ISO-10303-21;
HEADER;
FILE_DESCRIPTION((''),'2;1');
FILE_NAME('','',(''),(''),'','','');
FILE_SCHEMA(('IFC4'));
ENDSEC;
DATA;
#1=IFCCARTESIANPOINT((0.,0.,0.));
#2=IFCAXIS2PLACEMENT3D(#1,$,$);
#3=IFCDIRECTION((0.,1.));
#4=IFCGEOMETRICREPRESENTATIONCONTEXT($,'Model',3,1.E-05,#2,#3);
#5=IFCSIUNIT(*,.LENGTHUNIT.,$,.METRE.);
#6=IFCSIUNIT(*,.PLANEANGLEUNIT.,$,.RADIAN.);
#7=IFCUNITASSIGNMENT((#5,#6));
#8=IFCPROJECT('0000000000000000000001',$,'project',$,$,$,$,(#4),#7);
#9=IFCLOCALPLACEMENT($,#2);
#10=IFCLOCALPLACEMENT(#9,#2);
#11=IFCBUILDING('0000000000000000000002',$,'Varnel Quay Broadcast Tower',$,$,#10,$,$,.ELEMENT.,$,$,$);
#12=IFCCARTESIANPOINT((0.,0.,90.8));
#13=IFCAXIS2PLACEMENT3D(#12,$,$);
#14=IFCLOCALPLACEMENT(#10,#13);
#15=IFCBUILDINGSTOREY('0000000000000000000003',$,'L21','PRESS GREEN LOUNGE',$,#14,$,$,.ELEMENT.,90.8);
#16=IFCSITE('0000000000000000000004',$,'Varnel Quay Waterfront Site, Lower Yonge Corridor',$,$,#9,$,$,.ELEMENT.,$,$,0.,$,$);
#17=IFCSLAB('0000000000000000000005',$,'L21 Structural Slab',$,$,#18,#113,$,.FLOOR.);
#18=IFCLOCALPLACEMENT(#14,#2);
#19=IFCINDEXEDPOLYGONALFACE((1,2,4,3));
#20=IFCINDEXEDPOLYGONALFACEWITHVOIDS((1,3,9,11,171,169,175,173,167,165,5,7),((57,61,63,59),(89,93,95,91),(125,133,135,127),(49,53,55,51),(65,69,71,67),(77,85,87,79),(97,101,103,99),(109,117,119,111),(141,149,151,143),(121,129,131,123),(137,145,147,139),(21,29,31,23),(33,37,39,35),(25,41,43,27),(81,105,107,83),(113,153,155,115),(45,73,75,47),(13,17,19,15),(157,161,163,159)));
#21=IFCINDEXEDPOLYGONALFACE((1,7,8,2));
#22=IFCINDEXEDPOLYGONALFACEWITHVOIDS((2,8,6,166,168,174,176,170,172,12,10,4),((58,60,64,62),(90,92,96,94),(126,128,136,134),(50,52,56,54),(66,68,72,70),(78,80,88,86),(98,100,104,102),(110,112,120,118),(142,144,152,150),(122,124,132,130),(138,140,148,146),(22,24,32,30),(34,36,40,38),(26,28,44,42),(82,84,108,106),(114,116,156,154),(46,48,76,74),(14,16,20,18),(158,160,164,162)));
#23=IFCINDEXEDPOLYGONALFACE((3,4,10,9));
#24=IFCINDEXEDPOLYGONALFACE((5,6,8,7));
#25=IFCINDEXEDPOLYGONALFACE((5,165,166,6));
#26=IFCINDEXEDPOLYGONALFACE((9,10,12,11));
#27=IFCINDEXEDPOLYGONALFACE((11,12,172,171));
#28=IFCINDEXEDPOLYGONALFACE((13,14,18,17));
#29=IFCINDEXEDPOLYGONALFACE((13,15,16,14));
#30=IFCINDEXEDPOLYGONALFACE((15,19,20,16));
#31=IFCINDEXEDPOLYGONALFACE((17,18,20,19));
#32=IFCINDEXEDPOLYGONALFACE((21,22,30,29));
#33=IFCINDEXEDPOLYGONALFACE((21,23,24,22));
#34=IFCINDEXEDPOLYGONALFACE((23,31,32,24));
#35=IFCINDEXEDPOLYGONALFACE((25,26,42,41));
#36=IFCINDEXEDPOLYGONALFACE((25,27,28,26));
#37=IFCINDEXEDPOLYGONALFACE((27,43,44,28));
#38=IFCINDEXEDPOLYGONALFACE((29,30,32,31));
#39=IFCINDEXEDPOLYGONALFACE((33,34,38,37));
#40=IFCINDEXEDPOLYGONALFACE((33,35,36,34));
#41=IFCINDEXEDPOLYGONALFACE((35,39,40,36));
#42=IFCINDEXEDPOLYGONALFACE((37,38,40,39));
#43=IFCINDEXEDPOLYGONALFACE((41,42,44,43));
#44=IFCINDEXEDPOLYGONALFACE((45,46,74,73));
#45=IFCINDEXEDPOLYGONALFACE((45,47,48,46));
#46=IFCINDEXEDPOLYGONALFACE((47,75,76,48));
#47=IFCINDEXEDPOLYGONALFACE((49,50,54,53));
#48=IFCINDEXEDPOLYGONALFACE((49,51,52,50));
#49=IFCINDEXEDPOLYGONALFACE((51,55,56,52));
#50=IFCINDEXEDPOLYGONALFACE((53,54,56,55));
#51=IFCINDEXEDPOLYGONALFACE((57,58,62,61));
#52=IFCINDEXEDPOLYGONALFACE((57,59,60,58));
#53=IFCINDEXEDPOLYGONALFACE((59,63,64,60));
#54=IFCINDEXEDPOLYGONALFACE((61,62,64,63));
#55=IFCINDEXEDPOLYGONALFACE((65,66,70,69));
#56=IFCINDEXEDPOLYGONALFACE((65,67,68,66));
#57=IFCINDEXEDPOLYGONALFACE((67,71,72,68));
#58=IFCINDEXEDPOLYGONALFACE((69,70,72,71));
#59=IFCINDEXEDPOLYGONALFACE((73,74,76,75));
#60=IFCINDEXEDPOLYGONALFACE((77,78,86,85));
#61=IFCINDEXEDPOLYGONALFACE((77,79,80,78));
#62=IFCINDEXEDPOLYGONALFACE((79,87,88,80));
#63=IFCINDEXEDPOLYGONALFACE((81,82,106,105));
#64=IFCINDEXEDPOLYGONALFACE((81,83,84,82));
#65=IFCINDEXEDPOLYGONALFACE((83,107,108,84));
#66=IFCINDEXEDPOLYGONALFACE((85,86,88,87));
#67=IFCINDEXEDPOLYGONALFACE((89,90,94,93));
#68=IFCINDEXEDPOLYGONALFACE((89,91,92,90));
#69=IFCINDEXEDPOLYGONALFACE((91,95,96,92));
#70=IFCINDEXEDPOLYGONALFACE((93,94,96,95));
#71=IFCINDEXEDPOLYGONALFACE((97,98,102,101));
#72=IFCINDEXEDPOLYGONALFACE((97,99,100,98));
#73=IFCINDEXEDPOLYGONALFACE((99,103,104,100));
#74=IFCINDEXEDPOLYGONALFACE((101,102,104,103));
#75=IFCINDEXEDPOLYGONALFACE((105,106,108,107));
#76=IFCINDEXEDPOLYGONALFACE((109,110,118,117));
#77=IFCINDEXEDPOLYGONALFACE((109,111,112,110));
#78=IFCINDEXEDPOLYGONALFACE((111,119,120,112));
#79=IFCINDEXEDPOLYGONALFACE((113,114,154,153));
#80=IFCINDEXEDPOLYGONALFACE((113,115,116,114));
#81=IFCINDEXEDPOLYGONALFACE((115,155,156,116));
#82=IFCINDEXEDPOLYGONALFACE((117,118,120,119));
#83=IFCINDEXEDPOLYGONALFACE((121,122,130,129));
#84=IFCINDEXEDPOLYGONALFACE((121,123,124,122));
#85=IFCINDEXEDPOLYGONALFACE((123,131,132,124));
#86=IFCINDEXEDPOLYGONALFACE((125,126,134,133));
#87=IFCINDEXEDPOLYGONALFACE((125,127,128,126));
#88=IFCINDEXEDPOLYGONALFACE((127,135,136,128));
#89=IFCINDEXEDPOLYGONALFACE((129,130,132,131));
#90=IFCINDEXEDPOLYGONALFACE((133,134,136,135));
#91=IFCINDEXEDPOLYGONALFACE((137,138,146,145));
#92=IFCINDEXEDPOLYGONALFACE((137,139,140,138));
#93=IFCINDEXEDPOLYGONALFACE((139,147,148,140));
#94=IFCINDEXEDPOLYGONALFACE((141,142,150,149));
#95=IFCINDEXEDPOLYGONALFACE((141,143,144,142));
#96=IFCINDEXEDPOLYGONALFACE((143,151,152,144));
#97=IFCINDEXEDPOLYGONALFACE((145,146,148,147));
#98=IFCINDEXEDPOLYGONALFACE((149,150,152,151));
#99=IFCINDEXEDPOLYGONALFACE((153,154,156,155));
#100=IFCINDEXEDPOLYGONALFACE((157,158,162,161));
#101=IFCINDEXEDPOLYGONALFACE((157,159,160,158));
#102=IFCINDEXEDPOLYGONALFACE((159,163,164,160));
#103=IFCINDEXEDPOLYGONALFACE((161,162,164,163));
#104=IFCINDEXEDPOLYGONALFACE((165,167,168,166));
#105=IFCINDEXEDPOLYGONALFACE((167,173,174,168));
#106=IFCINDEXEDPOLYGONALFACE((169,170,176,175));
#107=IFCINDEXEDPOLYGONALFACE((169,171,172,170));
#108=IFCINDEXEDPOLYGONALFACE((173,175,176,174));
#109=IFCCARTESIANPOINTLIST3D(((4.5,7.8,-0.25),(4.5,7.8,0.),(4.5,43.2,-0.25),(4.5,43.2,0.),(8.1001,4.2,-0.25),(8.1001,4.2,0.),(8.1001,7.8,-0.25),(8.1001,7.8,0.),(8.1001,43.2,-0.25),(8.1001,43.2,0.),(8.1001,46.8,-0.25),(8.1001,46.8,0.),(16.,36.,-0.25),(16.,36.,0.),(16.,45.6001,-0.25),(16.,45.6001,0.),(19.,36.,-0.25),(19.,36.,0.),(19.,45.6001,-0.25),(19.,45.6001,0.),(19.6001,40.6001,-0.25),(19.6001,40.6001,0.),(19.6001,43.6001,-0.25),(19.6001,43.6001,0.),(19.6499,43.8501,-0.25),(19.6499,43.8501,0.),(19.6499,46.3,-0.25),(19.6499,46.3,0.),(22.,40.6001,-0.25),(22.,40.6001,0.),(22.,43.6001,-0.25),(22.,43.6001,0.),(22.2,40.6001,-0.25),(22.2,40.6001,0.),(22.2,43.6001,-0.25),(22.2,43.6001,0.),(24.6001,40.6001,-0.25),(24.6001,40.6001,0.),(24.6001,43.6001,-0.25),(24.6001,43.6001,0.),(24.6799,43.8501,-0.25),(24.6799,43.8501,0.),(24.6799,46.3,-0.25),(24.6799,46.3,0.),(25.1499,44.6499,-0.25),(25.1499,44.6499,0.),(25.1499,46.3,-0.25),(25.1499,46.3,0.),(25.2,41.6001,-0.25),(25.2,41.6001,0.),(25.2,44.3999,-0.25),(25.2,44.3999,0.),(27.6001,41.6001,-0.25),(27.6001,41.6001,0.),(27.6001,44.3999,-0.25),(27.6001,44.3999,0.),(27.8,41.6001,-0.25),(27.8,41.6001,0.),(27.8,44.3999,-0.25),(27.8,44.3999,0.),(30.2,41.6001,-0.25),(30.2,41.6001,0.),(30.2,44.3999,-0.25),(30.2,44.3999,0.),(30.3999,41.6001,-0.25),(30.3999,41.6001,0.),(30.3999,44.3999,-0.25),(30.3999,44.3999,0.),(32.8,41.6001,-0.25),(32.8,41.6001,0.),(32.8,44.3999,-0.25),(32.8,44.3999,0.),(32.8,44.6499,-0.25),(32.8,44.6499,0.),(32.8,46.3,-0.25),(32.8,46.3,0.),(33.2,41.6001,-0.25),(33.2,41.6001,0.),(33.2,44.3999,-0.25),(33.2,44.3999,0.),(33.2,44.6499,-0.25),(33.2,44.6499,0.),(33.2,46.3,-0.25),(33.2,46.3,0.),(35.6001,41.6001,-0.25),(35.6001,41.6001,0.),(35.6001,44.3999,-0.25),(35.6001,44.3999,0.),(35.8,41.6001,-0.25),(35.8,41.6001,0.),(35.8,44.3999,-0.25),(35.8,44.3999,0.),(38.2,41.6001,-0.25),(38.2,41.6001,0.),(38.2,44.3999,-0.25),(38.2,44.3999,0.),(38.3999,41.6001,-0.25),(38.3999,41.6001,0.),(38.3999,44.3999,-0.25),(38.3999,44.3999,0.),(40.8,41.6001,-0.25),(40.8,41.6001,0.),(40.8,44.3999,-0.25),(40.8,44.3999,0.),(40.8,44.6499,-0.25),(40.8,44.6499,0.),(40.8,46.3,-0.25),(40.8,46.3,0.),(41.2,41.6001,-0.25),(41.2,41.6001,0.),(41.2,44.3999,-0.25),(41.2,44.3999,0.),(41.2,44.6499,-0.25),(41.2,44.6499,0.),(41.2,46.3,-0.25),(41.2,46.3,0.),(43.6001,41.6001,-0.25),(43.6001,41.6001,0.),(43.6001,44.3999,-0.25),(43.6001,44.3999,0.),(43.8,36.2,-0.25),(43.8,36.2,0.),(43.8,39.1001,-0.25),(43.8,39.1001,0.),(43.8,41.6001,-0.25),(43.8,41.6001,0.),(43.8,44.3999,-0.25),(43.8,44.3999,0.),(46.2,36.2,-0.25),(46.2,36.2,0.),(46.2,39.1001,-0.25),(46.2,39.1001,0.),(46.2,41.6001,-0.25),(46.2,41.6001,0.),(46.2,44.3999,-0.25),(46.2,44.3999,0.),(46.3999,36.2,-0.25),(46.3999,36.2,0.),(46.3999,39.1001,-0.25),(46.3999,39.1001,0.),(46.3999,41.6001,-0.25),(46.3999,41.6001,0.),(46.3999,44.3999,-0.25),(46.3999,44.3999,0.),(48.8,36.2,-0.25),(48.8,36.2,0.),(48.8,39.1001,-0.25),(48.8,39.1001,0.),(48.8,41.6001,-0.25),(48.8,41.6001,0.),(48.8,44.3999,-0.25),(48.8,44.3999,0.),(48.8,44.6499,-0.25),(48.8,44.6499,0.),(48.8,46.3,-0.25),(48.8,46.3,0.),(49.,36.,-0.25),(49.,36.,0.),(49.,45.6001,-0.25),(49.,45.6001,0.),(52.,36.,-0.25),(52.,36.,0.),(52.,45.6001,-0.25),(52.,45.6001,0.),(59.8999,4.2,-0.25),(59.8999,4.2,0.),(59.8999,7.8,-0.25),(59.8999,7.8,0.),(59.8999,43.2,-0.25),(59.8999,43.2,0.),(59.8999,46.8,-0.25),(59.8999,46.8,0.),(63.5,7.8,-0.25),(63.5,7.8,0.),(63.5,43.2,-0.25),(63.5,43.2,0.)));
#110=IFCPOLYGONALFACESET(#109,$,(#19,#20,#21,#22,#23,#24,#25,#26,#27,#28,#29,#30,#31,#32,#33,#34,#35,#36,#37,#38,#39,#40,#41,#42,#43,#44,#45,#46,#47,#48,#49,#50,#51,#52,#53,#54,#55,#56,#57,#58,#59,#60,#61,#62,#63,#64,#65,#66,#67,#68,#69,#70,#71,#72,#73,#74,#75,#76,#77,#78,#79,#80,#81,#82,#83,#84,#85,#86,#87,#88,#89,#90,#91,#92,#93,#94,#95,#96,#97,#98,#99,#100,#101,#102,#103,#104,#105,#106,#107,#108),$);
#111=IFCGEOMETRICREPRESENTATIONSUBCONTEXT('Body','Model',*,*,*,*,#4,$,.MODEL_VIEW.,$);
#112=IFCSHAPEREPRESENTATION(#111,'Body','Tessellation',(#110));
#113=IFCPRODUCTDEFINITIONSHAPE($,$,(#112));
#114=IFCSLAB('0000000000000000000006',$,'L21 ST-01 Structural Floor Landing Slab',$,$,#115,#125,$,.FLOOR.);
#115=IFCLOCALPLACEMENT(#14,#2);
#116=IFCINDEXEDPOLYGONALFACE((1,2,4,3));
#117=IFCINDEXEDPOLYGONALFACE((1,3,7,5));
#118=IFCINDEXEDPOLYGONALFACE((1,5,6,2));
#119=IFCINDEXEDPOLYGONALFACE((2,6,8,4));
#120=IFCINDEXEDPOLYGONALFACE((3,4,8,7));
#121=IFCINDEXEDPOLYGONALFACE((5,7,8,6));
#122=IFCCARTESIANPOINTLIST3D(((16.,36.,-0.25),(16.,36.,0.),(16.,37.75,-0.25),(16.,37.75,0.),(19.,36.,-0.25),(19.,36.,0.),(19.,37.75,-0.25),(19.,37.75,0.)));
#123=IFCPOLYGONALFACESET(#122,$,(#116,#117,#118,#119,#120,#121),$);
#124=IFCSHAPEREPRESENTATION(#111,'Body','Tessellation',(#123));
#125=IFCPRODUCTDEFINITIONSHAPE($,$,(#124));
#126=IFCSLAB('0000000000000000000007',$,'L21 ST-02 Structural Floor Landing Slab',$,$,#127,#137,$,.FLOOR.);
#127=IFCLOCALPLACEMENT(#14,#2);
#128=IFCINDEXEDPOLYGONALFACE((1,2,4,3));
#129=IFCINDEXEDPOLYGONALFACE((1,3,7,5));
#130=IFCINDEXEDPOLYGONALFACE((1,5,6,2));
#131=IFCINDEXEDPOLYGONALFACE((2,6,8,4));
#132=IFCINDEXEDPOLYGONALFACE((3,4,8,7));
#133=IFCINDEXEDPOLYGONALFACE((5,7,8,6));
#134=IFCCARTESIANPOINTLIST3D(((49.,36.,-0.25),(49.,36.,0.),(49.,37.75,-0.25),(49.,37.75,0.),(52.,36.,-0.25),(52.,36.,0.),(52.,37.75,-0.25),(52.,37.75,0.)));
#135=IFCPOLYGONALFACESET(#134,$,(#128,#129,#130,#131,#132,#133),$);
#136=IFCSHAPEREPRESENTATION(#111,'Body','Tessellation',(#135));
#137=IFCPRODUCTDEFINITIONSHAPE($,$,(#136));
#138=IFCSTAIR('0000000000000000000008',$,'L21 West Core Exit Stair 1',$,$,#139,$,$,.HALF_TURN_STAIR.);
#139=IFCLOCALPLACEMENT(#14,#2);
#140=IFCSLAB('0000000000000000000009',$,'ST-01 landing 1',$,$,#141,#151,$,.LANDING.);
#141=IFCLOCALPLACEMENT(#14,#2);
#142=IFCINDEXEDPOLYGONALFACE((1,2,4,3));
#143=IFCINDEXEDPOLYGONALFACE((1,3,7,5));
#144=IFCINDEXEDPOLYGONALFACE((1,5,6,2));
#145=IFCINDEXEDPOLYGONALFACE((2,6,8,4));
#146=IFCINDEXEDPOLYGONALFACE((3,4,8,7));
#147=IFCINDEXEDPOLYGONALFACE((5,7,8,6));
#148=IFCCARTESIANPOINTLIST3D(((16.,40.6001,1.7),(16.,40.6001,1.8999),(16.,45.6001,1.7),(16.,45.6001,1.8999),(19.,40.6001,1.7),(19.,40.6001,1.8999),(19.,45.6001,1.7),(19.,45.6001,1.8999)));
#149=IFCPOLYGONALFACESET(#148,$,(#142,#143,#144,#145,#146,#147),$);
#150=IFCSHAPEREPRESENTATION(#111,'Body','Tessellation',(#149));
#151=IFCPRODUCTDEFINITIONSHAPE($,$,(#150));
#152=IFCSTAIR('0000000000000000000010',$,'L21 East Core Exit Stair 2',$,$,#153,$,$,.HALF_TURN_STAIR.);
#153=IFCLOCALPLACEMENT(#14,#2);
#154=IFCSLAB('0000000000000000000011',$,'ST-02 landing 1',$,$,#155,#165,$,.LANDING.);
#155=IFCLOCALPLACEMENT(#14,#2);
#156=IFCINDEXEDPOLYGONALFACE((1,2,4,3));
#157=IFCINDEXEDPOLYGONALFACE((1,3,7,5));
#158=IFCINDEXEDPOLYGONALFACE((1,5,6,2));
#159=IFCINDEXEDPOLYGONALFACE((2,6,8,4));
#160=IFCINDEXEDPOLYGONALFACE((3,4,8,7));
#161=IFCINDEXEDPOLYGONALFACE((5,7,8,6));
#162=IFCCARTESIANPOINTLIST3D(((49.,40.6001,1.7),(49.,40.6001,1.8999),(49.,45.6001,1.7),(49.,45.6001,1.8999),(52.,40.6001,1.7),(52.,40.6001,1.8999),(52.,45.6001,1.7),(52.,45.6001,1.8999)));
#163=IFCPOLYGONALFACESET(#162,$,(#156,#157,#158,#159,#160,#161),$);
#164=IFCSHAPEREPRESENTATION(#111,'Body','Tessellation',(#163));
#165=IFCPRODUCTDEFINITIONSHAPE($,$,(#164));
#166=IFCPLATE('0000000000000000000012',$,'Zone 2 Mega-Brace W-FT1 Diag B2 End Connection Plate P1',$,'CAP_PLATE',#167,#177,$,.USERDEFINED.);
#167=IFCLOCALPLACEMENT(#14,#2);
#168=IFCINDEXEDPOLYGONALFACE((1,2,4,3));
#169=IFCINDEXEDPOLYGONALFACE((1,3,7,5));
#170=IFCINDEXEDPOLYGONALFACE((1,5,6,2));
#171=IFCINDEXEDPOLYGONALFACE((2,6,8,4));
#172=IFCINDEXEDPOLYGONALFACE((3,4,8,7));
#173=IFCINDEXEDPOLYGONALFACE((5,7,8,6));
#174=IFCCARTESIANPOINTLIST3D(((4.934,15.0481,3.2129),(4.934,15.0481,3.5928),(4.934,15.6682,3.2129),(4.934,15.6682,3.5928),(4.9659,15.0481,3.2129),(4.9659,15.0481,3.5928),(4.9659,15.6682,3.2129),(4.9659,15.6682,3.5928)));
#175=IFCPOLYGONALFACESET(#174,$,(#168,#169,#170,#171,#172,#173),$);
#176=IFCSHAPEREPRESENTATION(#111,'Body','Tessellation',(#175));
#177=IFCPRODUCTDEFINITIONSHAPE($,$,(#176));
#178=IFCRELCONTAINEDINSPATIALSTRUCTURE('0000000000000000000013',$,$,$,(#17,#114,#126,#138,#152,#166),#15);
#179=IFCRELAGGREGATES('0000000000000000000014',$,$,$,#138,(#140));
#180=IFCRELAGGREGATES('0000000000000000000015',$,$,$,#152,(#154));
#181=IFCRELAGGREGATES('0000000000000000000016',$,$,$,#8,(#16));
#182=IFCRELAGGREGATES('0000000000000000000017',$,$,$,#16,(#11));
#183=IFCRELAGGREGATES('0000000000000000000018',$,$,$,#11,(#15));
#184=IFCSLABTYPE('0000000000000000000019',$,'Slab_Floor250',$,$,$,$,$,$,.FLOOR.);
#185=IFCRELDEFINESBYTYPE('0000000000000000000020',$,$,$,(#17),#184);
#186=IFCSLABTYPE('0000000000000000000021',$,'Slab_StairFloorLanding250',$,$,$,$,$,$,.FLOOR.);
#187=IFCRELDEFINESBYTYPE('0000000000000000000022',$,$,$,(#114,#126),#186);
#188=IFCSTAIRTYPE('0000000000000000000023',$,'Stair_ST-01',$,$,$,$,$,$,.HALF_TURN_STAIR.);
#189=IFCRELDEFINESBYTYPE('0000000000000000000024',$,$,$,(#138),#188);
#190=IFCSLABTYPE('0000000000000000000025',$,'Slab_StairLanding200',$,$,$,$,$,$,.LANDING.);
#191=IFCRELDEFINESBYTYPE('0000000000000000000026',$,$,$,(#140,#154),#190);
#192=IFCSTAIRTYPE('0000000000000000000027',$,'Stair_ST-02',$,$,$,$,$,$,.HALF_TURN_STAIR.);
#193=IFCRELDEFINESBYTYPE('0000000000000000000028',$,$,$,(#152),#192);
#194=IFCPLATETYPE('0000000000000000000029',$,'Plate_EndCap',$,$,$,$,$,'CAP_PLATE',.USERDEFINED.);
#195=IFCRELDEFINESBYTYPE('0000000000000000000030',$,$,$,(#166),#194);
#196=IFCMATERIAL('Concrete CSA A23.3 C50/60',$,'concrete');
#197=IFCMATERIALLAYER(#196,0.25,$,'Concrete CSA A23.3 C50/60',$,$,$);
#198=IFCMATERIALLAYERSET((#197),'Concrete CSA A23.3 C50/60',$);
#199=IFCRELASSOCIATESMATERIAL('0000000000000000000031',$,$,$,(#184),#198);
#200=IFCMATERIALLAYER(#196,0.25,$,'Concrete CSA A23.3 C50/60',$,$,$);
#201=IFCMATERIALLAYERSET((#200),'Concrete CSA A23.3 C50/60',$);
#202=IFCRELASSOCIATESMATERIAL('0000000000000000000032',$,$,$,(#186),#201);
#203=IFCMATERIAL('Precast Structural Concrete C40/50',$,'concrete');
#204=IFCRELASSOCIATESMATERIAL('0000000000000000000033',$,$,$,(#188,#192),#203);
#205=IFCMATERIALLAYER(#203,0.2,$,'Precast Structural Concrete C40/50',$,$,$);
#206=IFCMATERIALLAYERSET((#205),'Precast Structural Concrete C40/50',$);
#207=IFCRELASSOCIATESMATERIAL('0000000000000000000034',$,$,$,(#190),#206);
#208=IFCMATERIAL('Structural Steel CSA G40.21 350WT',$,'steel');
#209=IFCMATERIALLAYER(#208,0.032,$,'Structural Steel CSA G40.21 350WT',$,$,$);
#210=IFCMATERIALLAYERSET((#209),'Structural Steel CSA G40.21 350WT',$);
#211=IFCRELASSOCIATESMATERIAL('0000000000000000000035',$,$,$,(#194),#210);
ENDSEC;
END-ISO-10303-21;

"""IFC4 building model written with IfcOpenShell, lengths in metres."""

from ifc_helpers import new_model, si_unit, direction, frame, origin, origin_2d, place, context, subcontext, project, spatial, polyline, rectangle, outline, extrude, source, transform, mapped, material, layer, layer_set, type_object, type_shapes, element, aggregate, save


model = new_model("IFC4")

# Units and contexts
model_context = context("Model", 3, precision=1e-05, world=origin(), true_north=direction((0.0, 1.0)))
body_context = subcontext(model_context, "Body", "Model", "MODEL_VIEW")
ifc_project = project(units=[si_unit("LENGTHUNIT", "METRE"), si_unit("PLANEANGLEUNIT", "RADIAN")], contexts=[model_context])

# Site, building, storey
site_placement = place(None, origin())
site = spatial("IfcSite", under=ifc_project, at=site_placement, Name="Varnel Quay Waterfront Site, Lower Yonge Corridor", CompositionType="ELEMENT", RefElevation=0.0)
building_placement = place(site_placement, origin())
building = spatial("IfcBuilding", under=site, at=building_placement, Name="Varnel Quay Broadcast Tower", CompositionType="ELEMENT")
storey_placement = place(building_placement, frame((0.0, 0.0, 90.8)))
storey = spatial("IfcBuildingStorey", under=building, at=storey_placement, Name="L21", Description="PRESS GREEN LOUNGE", CompositionType="ELEMENT", Elevation=90.8)

# Slabs
ifc_material_1 = material(Name="Concrete CSA A23.3 C50/60", Category="concrete")
ifc_layer_1 = layer(ifc_material_1, 0.25, Name="Concrete CSA A23.3 C50/60")
ifc_layer_set_1 = layer_set([ifc_layer_1], Name="Concrete CSA A23.3 C50/60")
slab_type_1 = type_object("IfcSlabType", Name="Slab_Floor250", PredefinedType="FLOOR", material=ifc_layer_set_1)
slab_1_placement = place(storey_placement, frame((0.0, 0.0, -0.25)))
element("IfcSlab", 1, at=slab_1_placement, inside=storey, type_object=slab_type_1, Name="L21 Structural Slab", PredefinedType="FLOOR", context=body_context, shape_type="SweptSolid", body=[
    extrude(outline(polyline([(8.1001, 4.2), (59.8999, 4.2), (59.8999, 7.8), (63.5, 7.8), (63.5, 43.2), (59.8999, 43.2), (59.8999, 46.8), (8.1001, 46.8), (8.1001, 43.2), (4.5, 43.2), (4.5, 7.8), (8.1001, 7.8), (8.1001, 4.2)]), holes=[polyline([(16.0, 36.0), (16.0, 45.6001), (19.0, 45.6001), (19.0, 36.0), (16.0, 36.0)]), polyline([(19.6001, 43.6001), (22.0, 43.6001), (22.0, 40.6001), (19.6001, 40.6001), (19.6001, 43.6001)]), polyline([(22.2, 43.6001), (24.6001, 43.6001), (24.6001, 40.6001), (22.2, 40.6001), (22.2, 43.6001)]), polyline([(25.2, 44.3999), (27.6001, 44.3999), (27.6001, 41.6001), (25.2, 41.6001), (25.2, 44.3999)]), polyline([(27.8, 44.3999), (30.2, 44.3999), (30.2, 41.6001), (27.8, 41.6001), (27.8, 44.3999)]), polyline([(30.3999, 44.3999), (32.8, 44.3999), (32.8, 41.6001), (30.3999, 41.6001), (30.3999, 44.3999)]), polyline([(33.2, 44.3999), (35.6001, 44.3999), (35.6001, 41.6001), (33.2, 41.6001), (33.2, 44.3999)]), polyline([(38.2, 44.3999), (38.2, 41.6001), (35.8, 41.6001), (35.8, 44.3999), (38.2, 44.3999)]), polyline([(24.6799, 46.3), (24.6799, 43.8501), (19.6499, 43.8501), (19.6499, 46.3), (24.6799, 46.3)]), polyline([(25.1499, 46.3), (32.8, 46.3), (32.8, 44.6499), (25.1499, 44.6499), (25.1499, 46.3)]), polyline([(43.8, 39.1001), (46.2, 39.1001), (46.2, 36.2), (43.8, 36.2), (43.8, 39.1001)]), polyline([(46.3999, 39.1001), (48.8, 39.1001), (48.8, 36.2), (46.3999, 36.2), (46.3999, 39.1001)]), polyline([(49.0, 45.6001), (52.0, 45.6001), (52.0, 36.0), (49.0, 36.0), (49.0, 45.6001)]), polyline([(40.8, 44.3999), (40.8, 41.6001), (38.3999, 41.6001), (38.3999, 44.3999), (40.8, 44.3999)]), polyline([(41.2, 44.3999), (43.6001, 44.3999), (43.6001, 41.6001), (41.2, 41.6001), (41.2, 44.3999)]), polyline([(43.8, 44.3999), (46.2, 44.3999), (46.2, 41.6001), (43.8, 41.6001), (43.8, 44.3999)]), polyline([(46.3999, 44.3999), (48.8, 44.3999), (48.8, 41.6001), (46.3999, 41.6001), (46.3999, 44.3999)]), polyline([(40.8, 46.3), (40.8, 44.6499), (33.2, 44.6499), (33.2, 46.3), (40.8, 46.3)]), polyline([(48.8, 46.3), (48.8, 44.6499), (41.2, 44.6499), (41.2, 46.3), (48.8, 46.3)])]), origin(), (0.0, 0.0, 1.0), 0.25),
])
ifc_layer_2 = layer(ifc_material_1, 0.25, Name="Concrete CSA A23.3 C50/60")
ifc_layer_set_2 = layer_set([ifc_layer_2], Name="Concrete CSA A23.3 C50/60")
slab_type_2 = type_object("IfcSlabType", Name="Slab_StairFloorLanding250", PredefinedType="FLOOR", material=ifc_layer_set_2)
slab_2_placement = place(storey_placement, frame((0.0, 0.0, -0.25)))
element("IfcSlab", 2, at=slab_2_placement, inside=storey, type_object=slab_type_2, Name="L21 ST-01 Structural Floor Landing Slab", PredefinedType="FLOOR", context=body_context, shape_type="SweptSolid", body=[
    extrude(outline(polyline([(19.0, 36.0), (19.0, 37.75), (16.0, 37.75), (16.0, 36.0), (19.0, 36.0)])), origin(), (0.0, 0.0, 1.0), 0.25),
])
slab_3_placement = place(storey_placement, frame((0.0, 0.0, -0.25)))
element("IfcSlab", 3, at=slab_3_placement, inside=storey, type_object=slab_type_2, Name="L21 ST-02 Structural Floor Landing Slab", PredefinedType="FLOOR", context=body_context, shape_type="SweptSolid", body=[
    extrude(outline(polyline([(52.0, 36.0), (52.0, 37.75), (49.0, 37.75), (49.0, 36.0), (52.0, 36.0)])), origin(), (0.0, 0.0, 1.0), 0.25),
])

# Stairs, slabs
ifc_material_2 = material(Name="Precast Structural Concrete C40/50", Category="concrete")
stair_type_1 = type_object("IfcStairType", Name="Stair_ST-01", PredefinedType="HALF_TURN_STAIR", material=ifc_material_2)
stair_1_placement = place(storey_placement, origin())
stair_1 = element("IfcStair", 4, at=stair_1_placement, inside=storey, type_object=stair_type_1, Name="L21 West Core Exit Stair 1", PredefinedType="HALF_TURN_STAIR")
ifc_layer_3 = layer(ifc_material_2, 0.2, Name="Precast Structural Concrete C40/50")
ifc_layer_set_3 = layer_set([ifc_layer_3], Name="Precast Structural Concrete C40/50")
slab_type_3 = type_object("IfcSlabType", Name="Slab_StairLanding200", PredefinedType="LANDING", material=ifc_layer_set_3)
slab_4_placement = place(storey_placement, frame((0.0, 0.0, 1.7)))
slab_4 = element("IfcSlab", 5, at=slab_4_placement, type_object=slab_type_3, Name="ST-01 landing 1", PredefinedType="LANDING", context=body_context, shape_type="SweptSolid", body=[
    extrude(outline(polyline([(19.0, 40.6001), (19.0, 45.6001), (16.0, 45.6001), (16.0, 40.6001), (19.0, 40.6001)])), origin(), (0.0, 0.0, 1.0), 0.2),
])
aggregate(stair_1, [slab_4])
stair_type_2 = type_object("IfcStairType", Name="Stair_ST-02", PredefinedType="HALF_TURN_STAIR", material=ifc_material_2)
stair_2_placement = place(storey_placement, origin())
stair_2 = element("IfcStair", 6, at=stair_2_placement, inside=storey, type_object=stair_type_2, Name="L21 East Core Exit Stair 2", PredefinedType="HALF_TURN_STAIR")
slab_5_placement = place(storey_placement, frame((0.0, 0.0, 1.7)))
slab_5 = element("IfcSlab", 7, at=slab_5_placement, type_object=slab_type_3, Name="ST-02 landing 1", PredefinedType="LANDING", context=body_context, shape_type="SweptSolid", body=[
    extrude(outline(polyline([(52.0, 40.6001), (52.0, 45.6001), (49.0, 45.6001), (49.0, 40.6001), (52.0, 40.6001)])), origin(), (0.0, 0.0, 1.0), 0.2),
])
aggregate(stair_2, [slab_5])

# Plate
ifc_material_3 = material(Name="Structural Steel CSA G40.21 350WT", Category="steel")
ifc_layer_4 = layer(ifc_material_3, 0.032, Name="Structural Steel CSA G40.21 350WT")
ifc_layer_set_4 = layer_set([ifc_layer_4], Name="Structural Steel CSA G40.21 350WT")
plate_type_1 = type_object("IfcPlateType", Name="Plate_EndCap", ElementType="CAP_PLATE", PredefinedType="USERDEFINED", material=ifc_layer_set_4)
shared_shape_1 = source(origin(), body_context, "Body", "SweptSolid", [
    extrude(rectangle(XDim=0.6201, YDim=0.032, at=origin_2d()), origin(), (0.0, 0.0, 1.0), 0.3799),
])
type_shapes(plate_type_1, [shared_shape_1])
plate_1_placement = place(storey_placement, frame((4.95, 15.3582, 3.2129), z_axis=(0.0, 0.0, 1.0), x_axis=(0.0, 1.0, 0.0)))
element("IfcPlate", 8, at=plate_1_placement, inside=storey, type_object=plate_type_1, Name="Zone 2 Mega-Brace W-FT1 Diag B2 End Connection Plate P1", ObjectType="CAP_PLATE", PredefinedType="USERDEFINED", context=body_context, shape_type="MappedRepresentation", body=[
    mapped(shared_shape_1, transform((0.0, 0.0, 0.0), x_axis=(1.0, 0.0, 0.0), y_axis=(0.0, 1.0, 0.0), z_axis=(0.0, 0.0, 1.0), scale=1.0)),
])

save(model, "model.ifc")
